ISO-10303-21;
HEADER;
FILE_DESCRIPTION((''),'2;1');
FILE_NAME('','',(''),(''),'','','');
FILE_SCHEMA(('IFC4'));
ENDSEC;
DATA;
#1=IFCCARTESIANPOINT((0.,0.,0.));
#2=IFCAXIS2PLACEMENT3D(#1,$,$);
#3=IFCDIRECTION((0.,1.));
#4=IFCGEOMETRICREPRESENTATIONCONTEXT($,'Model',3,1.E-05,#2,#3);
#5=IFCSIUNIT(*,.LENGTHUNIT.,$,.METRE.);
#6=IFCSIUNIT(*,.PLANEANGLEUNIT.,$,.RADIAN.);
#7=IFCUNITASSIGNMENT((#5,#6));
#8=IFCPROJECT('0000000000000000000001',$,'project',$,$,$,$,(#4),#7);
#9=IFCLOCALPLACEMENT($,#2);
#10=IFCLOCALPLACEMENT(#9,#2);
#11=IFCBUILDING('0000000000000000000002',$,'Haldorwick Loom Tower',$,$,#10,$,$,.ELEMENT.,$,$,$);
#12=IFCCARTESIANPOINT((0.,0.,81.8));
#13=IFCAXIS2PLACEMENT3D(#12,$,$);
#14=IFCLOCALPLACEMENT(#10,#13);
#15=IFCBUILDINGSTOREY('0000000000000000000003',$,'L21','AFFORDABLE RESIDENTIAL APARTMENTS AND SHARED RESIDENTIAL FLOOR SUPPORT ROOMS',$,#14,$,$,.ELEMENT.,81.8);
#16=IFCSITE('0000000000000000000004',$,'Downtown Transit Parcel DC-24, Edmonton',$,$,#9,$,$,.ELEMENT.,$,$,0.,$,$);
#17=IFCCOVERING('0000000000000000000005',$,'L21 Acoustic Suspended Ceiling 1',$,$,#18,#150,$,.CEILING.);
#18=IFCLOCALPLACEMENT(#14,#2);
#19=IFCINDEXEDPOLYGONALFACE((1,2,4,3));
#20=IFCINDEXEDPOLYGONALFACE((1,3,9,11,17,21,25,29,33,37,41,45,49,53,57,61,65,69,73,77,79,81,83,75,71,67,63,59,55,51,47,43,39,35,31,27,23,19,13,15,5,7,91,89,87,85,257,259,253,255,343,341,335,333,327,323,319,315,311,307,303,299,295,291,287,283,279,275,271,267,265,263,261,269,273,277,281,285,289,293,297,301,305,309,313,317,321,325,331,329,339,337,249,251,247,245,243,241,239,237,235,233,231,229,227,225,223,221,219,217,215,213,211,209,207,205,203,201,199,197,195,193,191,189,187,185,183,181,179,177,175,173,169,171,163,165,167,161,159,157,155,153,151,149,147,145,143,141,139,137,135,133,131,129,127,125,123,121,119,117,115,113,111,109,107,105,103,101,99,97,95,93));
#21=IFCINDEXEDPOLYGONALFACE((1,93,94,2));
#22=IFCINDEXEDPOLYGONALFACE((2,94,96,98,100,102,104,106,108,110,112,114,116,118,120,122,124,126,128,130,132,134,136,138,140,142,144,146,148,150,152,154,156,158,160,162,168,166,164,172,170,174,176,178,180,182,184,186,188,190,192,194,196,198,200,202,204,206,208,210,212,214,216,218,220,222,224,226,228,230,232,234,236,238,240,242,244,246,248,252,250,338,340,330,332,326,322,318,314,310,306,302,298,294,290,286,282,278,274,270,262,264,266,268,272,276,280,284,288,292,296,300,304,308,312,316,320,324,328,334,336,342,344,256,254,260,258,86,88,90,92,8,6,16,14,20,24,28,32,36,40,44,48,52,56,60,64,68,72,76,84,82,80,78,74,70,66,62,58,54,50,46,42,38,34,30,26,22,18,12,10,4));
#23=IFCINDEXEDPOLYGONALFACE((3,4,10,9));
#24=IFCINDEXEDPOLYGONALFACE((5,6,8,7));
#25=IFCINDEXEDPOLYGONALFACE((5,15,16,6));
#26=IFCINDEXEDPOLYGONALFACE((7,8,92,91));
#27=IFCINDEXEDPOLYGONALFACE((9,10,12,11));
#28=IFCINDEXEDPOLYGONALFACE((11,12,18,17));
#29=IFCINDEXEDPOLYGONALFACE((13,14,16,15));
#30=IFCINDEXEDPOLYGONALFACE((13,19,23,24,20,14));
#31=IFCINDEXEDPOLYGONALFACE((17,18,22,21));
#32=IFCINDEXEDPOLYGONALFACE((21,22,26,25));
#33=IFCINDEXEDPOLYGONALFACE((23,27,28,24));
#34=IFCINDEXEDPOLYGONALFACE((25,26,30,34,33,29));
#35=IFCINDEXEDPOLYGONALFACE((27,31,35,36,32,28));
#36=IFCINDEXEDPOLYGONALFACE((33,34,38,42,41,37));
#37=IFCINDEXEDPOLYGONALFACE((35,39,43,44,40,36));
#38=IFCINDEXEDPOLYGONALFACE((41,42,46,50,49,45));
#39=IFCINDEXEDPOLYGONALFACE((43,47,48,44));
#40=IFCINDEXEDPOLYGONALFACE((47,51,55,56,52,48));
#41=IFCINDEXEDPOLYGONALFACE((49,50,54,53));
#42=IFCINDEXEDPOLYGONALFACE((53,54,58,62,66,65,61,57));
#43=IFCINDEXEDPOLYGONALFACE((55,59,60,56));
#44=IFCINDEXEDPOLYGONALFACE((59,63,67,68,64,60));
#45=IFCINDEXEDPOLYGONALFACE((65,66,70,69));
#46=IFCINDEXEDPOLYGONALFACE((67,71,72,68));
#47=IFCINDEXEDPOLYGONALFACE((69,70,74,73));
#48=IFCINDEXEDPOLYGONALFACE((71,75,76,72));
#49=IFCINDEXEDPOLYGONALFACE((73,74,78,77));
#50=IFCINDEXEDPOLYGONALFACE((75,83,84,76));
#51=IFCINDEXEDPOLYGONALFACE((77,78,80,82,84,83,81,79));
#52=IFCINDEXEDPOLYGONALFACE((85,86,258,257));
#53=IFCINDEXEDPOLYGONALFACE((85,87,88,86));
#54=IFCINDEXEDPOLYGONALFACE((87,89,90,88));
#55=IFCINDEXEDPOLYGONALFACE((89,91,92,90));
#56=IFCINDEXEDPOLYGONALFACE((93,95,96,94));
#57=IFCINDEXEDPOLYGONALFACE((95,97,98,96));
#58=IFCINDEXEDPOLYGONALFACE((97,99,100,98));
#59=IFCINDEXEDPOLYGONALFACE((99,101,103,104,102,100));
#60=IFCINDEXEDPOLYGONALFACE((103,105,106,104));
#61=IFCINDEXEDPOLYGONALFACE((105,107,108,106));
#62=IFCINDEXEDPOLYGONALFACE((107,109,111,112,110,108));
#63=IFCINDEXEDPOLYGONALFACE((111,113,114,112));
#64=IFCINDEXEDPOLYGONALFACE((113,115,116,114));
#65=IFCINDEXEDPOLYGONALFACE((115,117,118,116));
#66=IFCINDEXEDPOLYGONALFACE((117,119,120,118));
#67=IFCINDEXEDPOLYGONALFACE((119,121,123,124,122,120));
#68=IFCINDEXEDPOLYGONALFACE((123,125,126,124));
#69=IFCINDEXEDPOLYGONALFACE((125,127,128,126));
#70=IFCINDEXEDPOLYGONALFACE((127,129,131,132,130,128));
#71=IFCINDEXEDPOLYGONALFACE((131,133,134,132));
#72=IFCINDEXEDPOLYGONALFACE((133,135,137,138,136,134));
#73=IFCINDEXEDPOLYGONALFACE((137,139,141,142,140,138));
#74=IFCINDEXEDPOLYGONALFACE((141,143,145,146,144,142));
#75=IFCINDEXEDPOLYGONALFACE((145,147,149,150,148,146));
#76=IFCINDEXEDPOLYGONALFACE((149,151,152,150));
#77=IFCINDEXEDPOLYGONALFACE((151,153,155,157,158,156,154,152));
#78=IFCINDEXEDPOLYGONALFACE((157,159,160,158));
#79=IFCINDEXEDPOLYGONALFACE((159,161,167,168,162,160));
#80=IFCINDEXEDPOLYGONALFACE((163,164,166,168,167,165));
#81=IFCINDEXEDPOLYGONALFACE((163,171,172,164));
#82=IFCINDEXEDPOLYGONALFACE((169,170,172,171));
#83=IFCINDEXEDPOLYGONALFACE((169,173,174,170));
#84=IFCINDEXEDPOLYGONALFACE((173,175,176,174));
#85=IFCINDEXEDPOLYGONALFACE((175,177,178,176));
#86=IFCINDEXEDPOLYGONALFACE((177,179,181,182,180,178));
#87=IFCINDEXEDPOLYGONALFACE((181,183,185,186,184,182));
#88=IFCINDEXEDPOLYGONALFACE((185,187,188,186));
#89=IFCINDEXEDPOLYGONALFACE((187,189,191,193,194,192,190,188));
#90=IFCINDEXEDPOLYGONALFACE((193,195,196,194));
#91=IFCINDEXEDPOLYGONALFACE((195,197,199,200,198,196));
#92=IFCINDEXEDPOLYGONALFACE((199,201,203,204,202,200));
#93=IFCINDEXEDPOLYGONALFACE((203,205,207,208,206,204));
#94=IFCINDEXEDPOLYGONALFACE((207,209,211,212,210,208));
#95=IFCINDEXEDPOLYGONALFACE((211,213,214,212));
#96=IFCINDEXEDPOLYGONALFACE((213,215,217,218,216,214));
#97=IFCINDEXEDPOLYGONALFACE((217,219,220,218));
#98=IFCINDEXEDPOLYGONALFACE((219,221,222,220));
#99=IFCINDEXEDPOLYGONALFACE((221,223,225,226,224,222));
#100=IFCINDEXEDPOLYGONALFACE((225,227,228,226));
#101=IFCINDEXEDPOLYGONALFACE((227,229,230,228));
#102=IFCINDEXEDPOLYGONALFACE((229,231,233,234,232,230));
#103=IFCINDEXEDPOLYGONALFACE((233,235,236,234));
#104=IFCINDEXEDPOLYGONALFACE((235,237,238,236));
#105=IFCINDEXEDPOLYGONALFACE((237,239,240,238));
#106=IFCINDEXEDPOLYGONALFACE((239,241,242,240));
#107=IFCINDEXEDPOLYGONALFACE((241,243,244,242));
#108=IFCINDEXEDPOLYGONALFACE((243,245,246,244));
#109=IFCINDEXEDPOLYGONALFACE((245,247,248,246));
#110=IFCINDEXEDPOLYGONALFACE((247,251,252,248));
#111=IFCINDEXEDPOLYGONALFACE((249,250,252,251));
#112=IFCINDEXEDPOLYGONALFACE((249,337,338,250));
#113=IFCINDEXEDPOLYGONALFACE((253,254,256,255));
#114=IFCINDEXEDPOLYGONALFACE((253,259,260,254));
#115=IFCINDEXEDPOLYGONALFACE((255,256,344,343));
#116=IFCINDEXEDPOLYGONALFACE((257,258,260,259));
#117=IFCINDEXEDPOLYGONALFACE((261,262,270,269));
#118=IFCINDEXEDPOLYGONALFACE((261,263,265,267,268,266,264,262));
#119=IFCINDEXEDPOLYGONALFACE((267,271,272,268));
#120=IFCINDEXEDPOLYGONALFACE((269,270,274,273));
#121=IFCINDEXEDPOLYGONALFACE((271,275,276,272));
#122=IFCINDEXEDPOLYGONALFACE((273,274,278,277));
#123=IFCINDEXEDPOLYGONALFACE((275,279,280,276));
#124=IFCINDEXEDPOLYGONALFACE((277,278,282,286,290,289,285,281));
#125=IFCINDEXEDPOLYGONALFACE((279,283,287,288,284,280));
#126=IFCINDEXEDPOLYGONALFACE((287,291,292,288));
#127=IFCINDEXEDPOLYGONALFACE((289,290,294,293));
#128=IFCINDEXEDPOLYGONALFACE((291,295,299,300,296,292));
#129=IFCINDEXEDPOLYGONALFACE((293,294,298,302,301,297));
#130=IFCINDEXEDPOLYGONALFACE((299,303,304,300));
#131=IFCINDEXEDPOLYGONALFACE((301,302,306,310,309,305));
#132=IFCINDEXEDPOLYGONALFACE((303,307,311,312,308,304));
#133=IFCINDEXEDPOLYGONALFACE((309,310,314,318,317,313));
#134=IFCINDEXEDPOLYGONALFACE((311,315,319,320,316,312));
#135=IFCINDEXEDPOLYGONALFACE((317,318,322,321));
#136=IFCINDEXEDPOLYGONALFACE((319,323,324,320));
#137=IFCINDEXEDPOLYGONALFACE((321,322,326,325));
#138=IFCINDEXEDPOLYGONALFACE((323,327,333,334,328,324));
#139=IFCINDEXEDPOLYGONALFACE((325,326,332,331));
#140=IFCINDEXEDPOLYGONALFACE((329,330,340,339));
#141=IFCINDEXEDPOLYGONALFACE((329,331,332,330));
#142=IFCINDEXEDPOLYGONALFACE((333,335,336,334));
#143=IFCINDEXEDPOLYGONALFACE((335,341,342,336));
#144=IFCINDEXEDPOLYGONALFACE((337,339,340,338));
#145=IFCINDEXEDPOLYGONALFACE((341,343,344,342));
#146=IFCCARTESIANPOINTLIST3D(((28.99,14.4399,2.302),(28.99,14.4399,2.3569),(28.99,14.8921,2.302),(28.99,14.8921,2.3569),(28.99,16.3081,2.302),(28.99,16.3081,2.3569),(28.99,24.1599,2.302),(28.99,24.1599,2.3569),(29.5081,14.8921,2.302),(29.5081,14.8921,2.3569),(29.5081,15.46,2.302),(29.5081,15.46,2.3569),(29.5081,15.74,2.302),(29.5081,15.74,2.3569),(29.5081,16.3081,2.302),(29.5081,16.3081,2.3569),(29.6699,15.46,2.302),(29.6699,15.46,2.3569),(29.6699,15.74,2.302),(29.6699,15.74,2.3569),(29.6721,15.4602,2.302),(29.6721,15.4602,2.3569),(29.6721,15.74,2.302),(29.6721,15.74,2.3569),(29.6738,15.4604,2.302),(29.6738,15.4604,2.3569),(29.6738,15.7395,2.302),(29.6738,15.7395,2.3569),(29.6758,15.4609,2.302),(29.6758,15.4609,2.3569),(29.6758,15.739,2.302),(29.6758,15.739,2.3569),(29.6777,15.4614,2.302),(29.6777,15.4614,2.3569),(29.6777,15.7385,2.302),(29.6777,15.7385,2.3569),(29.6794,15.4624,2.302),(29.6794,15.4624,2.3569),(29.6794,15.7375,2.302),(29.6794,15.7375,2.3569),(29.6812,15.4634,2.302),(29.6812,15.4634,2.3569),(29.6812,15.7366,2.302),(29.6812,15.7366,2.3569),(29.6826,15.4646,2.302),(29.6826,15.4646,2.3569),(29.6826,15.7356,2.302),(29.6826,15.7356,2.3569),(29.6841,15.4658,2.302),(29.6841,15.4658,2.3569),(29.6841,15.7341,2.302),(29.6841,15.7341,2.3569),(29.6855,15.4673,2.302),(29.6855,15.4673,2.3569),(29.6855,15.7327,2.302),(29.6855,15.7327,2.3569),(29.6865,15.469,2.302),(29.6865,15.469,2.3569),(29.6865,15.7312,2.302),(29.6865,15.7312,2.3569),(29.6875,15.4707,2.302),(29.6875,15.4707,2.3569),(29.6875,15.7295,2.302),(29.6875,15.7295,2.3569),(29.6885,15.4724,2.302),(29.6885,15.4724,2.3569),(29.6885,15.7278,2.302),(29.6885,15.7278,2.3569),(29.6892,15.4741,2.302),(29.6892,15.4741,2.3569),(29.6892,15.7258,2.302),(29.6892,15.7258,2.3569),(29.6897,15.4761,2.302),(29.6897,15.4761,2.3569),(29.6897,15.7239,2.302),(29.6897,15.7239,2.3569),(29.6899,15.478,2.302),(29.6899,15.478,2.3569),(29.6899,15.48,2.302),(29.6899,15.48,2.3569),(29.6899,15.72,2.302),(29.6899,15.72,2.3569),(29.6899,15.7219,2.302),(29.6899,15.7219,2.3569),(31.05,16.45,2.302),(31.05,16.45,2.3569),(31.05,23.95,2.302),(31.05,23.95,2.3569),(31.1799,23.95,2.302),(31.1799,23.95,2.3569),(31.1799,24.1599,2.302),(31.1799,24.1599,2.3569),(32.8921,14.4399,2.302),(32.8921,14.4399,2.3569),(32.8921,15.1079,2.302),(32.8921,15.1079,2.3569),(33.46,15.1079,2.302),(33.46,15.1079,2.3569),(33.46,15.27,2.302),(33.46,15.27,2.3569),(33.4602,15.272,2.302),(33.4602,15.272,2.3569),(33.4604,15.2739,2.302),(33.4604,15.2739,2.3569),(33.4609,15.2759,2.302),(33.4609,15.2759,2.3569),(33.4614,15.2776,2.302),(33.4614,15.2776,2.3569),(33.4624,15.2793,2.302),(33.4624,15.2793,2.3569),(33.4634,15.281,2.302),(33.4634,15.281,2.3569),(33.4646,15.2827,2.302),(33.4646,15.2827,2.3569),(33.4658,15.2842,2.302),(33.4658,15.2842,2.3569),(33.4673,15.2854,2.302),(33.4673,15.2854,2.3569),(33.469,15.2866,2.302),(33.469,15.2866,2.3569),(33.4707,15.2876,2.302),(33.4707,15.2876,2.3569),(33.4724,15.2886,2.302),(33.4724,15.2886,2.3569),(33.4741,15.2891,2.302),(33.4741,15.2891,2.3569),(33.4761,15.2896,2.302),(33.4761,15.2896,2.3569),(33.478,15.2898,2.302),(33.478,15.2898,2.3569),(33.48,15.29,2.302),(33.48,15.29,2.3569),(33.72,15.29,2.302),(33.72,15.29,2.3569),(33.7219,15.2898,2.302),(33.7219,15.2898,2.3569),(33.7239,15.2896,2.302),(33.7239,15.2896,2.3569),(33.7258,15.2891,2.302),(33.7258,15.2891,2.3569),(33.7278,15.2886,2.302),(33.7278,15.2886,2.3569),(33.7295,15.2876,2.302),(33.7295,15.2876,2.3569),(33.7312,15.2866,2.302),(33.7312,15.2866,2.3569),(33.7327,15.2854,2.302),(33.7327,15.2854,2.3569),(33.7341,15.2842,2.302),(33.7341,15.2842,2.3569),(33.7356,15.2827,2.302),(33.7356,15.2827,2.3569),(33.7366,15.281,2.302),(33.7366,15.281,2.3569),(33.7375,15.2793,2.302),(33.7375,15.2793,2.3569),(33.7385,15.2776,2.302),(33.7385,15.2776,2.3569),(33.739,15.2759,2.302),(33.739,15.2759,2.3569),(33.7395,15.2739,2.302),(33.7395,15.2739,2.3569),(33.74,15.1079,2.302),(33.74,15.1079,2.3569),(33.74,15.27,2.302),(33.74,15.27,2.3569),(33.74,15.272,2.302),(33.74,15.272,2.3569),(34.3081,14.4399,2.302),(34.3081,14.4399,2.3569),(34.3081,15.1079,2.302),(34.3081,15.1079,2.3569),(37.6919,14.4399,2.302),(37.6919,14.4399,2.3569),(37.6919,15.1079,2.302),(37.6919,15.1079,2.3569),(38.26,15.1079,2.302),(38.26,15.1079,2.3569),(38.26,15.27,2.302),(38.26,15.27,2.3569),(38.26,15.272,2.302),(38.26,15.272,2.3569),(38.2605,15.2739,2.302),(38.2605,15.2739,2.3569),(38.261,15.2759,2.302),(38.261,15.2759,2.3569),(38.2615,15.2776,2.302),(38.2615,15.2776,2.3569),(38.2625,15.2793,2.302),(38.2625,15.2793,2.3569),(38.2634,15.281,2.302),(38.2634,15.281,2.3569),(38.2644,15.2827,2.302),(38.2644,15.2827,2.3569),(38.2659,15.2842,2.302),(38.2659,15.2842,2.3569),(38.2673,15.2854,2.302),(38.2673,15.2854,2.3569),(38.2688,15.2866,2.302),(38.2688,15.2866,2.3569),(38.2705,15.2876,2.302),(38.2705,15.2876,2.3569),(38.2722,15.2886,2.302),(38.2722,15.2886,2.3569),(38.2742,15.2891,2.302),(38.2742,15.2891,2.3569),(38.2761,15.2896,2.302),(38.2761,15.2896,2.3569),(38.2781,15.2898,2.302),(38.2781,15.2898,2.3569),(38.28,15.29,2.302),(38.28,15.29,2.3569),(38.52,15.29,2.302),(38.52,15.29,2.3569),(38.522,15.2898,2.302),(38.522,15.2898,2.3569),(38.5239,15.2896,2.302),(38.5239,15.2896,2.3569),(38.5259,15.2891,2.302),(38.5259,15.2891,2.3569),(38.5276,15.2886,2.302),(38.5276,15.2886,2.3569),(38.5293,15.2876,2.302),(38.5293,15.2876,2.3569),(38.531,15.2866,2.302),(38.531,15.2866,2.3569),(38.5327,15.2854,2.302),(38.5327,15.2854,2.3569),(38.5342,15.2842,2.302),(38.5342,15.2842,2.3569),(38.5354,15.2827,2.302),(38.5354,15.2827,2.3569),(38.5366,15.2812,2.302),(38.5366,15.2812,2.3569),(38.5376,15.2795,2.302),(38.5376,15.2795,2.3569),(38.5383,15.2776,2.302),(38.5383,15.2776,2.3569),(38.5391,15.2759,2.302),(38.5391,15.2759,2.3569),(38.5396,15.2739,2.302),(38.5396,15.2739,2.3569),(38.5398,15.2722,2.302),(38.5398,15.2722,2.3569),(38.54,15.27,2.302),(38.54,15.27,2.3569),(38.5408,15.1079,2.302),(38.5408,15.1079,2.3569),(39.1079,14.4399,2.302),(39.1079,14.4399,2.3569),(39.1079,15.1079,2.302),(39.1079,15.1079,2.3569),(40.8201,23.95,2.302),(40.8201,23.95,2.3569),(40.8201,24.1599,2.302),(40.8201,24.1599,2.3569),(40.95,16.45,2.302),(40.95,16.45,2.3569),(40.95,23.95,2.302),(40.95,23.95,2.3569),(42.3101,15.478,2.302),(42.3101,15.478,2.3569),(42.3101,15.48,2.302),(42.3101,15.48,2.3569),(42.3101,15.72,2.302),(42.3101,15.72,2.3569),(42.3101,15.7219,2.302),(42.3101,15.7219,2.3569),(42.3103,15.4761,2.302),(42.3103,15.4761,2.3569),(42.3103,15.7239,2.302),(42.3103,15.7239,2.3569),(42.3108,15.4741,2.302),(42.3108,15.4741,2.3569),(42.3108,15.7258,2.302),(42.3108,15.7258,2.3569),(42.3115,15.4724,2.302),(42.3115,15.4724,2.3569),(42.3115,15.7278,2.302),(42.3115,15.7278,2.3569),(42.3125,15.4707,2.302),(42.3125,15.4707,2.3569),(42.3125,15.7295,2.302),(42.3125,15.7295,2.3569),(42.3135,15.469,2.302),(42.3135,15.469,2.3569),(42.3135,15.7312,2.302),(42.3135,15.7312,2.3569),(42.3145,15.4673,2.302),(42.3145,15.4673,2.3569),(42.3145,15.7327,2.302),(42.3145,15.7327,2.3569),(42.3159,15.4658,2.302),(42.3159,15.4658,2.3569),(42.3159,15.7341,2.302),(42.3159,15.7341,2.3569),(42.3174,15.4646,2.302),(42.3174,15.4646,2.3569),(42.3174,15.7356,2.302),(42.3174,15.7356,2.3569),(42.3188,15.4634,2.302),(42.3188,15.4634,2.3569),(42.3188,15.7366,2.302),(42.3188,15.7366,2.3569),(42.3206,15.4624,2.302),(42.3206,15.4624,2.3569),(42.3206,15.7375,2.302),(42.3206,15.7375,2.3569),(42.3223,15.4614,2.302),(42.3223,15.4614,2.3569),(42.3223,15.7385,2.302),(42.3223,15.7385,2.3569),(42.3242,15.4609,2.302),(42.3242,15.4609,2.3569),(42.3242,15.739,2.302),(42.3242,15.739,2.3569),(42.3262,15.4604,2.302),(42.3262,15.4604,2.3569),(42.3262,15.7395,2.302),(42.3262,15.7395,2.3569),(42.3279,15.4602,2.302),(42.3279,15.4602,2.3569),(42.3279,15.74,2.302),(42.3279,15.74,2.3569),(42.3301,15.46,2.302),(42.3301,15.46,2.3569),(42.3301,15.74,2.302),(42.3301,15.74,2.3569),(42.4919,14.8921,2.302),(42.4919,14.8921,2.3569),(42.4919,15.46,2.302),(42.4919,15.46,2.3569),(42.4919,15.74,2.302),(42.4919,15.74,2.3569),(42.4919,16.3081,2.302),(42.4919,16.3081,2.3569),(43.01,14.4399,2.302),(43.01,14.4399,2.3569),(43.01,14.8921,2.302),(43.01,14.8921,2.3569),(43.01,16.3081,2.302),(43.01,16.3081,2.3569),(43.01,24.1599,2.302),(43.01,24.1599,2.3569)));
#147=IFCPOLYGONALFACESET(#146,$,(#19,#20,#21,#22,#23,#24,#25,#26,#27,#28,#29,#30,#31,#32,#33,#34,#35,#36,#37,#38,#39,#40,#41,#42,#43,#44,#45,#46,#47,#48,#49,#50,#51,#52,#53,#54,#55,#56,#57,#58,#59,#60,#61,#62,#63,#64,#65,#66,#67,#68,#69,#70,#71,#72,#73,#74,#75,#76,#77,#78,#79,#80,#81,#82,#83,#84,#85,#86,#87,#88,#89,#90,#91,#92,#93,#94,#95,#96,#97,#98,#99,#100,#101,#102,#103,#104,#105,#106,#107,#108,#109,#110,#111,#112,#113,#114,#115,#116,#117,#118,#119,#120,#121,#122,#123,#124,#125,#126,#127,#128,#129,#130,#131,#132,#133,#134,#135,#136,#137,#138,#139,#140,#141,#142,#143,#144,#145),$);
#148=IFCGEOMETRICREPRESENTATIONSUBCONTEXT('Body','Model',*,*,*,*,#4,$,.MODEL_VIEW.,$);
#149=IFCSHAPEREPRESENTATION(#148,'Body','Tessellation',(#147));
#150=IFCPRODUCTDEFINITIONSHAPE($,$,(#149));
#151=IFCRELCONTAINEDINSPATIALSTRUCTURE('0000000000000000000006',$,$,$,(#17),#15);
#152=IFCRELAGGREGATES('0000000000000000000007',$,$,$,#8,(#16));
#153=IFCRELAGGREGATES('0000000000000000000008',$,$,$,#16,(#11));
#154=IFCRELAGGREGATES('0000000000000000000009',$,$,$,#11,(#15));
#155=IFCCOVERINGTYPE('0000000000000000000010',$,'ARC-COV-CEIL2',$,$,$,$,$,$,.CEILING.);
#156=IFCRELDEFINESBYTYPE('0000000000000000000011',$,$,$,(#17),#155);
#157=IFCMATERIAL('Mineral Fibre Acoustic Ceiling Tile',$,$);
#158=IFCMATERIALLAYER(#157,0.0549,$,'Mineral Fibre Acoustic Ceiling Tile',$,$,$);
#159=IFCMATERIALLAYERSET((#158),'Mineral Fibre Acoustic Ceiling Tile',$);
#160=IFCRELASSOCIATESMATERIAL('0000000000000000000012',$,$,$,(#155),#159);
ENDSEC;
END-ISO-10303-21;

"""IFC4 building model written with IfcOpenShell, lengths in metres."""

from ifc_helpers import new_model, si_unit, direction, frame, origin, place, context, subcontext, project, spatial, polyline, outline, extrude, material, layer, layer_set, type_object, element, save


model = new_model("IFC4")

# Units and contexts
model_context = context("Model", 3, precision=1e-05, world=origin(), true_north=direction((0.0, 1.0)))
body_context = subcontext(model_context, "Body", "Model", "MODEL_VIEW")
ifc_project = project(units=[si_unit("LENGTHUNIT", "METRE"), si_unit("PLANEANGLEUNIT", "RADIAN")], contexts=[model_context])

# Site, building, storey
site_placement = place(None, origin())
site = spatial("IfcSite", under=ifc_project, at=site_placement, Name="Downtown Transit Parcel DC-24, Edmonton", CompositionType="ELEMENT", RefElevation=0.0)
building_placement = place(site_placement, origin())
building = spatial("IfcBuilding", under=site, at=building_placement, Name="Haldorwick Loom Tower", CompositionType="ELEMENT")
storey_placement = place(building_placement, frame((0.0, 0.0, 81.8)))
storey = spatial("IfcBuildingStorey", under=building, at=storey_placement, Name="L21", Description="AFFORDABLE RESIDENTIAL APARTMENTS AND SHARED RESIDENTIAL FLOOR SUPPORT ROOMS", CompositionType="ELEMENT", Elevation=81.8)

# Covering
ifc_material_1 = material(Name="Mineral Fibre Acoustic Ceiling Tile")
ifc_layer_1 = layer(ifc_material_1, 0.0549, Name="Mineral Fibre Acoustic Ceiling Tile")
ifc_layer_set_1 = layer_set([ifc_layer_1], Name="Mineral Fibre Acoustic Ceiling Tile")
covering_type_1 = type_object("IfcCoveringType", Name="ARC-COV-CEIL2", PredefinedType="CEILING", material=ifc_layer_set_1)
covering_1_placement = place(storey_placement, frame((0.0, 0.0, 2.302)))
element("IfcCovering", 1, at=covering_1_placement, inside=storey, type_object=covering_type_1, Name="L21 Acoustic Suspended Ceiling 1", PredefinedType="CEILING", context=body_context, shape_type="SweptSolid", body=[
    extrude(outline(polyline([(40.8201, 24.1599), (40.8201, 23.95), (40.95, 23.95), (40.95, 16.45), (31.05, 16.45), (31.05, 23.95), (31.1799, 23.95), (31.1799, 24.1599), (28.99, 24.1599), (28.99, 16.3081), (29.5081, 16.3081), (29.5081, 15.74), (29.6699, 15.74), (29.6721, 15.74), (29.6738, 15.7395), (29.6758, 15.739), (29.6777, 15.7385), (29.6794, 15.7375), (29.6812, 15.7366), (29.6826, 15.7356), (29.6841, 15.7341), (29.6855, 15.7327), (29.6865, 15.7312), (29.6875, 15.7295), (29.6885, 15.7278), (29.6892, 15.7258), (29.6897, 15.7239), (29.6899, 15.7219), (29.6899, 15.72), (29.6899, 15.48), (29.6899, 15.478), (29.6897, 15.4761), (29.6892, 15.4741), (29.6885, 15.4724), (29.6875, 15.4707), (29.6865, 15.469), (29.6855, 15.4673), (29.6841, 15.4658), (29.6826, 15.4646), (29.6812, 15.4634), (29.6794, 15.4624), (29.6777, 15.4614), (29.6758, 15.4609), (29.6738, 15.4604), (29.6721, 15.4602), (29.6699, 15.46), (29.5081, 15.46), (29.5081, 14.8921), (28.99, 14.8921), (28.99, 14.4399), (32.8921, 14.4399), (32.8921, 15.1079), (33.46, 15.1079), (33.46, 15.27), (33.4602, 15.272), (33.4604, 15.2739), (33.4609, 15.2759), (33.4614, 15.2776), (33.4624, 15.2793), (33.4634, 15.281), (33.4646, 15.2827), (33.4658, 15.2842), (33.4673, 15.2854), (33.469, 15.2866), (33.4707, 15.2876), (33.4724, 15.2886), (33.4741, 15.2891), (33.4761, 15.2896), (33.478, 15.2898), (33.48, 15.29), (33.72, 15.29), (33.7219, 15.2898), (33.7239, 15.2896), (33.7258, 15.2891), (33.7278, 15.2886), (33.7295, 15.2876), (33.7312, 15.2866), (33.7327, 15.2854), (33.7341, 15.2842), (33.7356, 15.2827), (33.7366, 15.281), (33.7375, 15.2793), (33.7385, 15.2776), (33.739, 15.2759), (33.7395, 15.2739), (33.74, 15.272), (33.74, 15.27), (33.74, 15.1079), (34.3081, 15.1079), (34.3081, 14.4399), (37.6919, 14.4399), (37.6919, 15.1079), (38.26, 15.1079), (38.26, 15.27), (38.26, 15.272), (38.2605, 15.2739), (38.261, 15.2759), (38.2615, 15.2776), (38.2625, 15.2793), (38.2634, 15.281), (38.2644, 15.2827), (38.2659, 15.2842), (38.2673, 15.2854), (38.2688, 15.2866), (38.2705, 15.2876), (38.2722, 15.2886), (38.2742, 15.2891), (38.2761, 15.2896), (38.2781, 15.2898), (38.28, 15.29), (38.52, 15.29), (38.522, 15.2898), (38.5239, 15.2896), (38.5259, 15.2891), (38.5276, 15.2886), (38.5293, 15.2876), (38.531, 15.2866), (38.5327, 15.2854), (38.5342, 15.2842), (38.5354, 15.2827), (38.5366, 15.2812), (38.5376, 15.2795), (38.5383, 15.2776), (38.5391, 15.2759), (38.5396, 15.2739), (38.5398, 15.2722), (38.54, 15.27), (38.5408, 15.1079), (39.1079, 15.1079), (39.1079, 14.4399), (43.01, 14.4399), (43.01, 14.8921), (42.4919, 14.8921), (42.4919, 15.46), (42.3301, 15.46), (42.3279, 15.4602), (42.3262, 15.4604), (42.3242, 15.4609), (42.3223, 15.4614), (42.3206, 15.4624), (42.3188, 15.4634), (42.3174, 15.4646), (42.3159, 15.4658), (42.3145, 15.4673), (42.3135, 15.469), (42.3125, 15.4707), (42.3115, 15.4724), (42.3108, 15.4741), (42.3103, 15.4761), (42.3101, 15.478), (42.3101, 15.48), (42.3101, 15.72), (42.3101, 15.7219), (42.3103, 15.7239), (42.3108, 15.7258), (42.3115, 15.7278), (42.3125, 15.7295), (42.3135, 15.7312), (42.3145, 15.7327), (42.3159, 15.7341), (42.3174, 15.7356), (42.3188, 15.7366), (42.3206, 15.7375), (42.3223, 15.7385), (42.3242, 15.739), (42.3262, 15.7395), (42.3279, 15.74), (42.3301, 15.74), (42.4919, 15.74), (42.4919, 16.3081), (43.01, 16.3081), (43.01, 24.1599), (40.8201, 24.1599)])), origin(), (0.0, 0.0, 1.0), 0.0549),
])

save(model, "model.ifc")
